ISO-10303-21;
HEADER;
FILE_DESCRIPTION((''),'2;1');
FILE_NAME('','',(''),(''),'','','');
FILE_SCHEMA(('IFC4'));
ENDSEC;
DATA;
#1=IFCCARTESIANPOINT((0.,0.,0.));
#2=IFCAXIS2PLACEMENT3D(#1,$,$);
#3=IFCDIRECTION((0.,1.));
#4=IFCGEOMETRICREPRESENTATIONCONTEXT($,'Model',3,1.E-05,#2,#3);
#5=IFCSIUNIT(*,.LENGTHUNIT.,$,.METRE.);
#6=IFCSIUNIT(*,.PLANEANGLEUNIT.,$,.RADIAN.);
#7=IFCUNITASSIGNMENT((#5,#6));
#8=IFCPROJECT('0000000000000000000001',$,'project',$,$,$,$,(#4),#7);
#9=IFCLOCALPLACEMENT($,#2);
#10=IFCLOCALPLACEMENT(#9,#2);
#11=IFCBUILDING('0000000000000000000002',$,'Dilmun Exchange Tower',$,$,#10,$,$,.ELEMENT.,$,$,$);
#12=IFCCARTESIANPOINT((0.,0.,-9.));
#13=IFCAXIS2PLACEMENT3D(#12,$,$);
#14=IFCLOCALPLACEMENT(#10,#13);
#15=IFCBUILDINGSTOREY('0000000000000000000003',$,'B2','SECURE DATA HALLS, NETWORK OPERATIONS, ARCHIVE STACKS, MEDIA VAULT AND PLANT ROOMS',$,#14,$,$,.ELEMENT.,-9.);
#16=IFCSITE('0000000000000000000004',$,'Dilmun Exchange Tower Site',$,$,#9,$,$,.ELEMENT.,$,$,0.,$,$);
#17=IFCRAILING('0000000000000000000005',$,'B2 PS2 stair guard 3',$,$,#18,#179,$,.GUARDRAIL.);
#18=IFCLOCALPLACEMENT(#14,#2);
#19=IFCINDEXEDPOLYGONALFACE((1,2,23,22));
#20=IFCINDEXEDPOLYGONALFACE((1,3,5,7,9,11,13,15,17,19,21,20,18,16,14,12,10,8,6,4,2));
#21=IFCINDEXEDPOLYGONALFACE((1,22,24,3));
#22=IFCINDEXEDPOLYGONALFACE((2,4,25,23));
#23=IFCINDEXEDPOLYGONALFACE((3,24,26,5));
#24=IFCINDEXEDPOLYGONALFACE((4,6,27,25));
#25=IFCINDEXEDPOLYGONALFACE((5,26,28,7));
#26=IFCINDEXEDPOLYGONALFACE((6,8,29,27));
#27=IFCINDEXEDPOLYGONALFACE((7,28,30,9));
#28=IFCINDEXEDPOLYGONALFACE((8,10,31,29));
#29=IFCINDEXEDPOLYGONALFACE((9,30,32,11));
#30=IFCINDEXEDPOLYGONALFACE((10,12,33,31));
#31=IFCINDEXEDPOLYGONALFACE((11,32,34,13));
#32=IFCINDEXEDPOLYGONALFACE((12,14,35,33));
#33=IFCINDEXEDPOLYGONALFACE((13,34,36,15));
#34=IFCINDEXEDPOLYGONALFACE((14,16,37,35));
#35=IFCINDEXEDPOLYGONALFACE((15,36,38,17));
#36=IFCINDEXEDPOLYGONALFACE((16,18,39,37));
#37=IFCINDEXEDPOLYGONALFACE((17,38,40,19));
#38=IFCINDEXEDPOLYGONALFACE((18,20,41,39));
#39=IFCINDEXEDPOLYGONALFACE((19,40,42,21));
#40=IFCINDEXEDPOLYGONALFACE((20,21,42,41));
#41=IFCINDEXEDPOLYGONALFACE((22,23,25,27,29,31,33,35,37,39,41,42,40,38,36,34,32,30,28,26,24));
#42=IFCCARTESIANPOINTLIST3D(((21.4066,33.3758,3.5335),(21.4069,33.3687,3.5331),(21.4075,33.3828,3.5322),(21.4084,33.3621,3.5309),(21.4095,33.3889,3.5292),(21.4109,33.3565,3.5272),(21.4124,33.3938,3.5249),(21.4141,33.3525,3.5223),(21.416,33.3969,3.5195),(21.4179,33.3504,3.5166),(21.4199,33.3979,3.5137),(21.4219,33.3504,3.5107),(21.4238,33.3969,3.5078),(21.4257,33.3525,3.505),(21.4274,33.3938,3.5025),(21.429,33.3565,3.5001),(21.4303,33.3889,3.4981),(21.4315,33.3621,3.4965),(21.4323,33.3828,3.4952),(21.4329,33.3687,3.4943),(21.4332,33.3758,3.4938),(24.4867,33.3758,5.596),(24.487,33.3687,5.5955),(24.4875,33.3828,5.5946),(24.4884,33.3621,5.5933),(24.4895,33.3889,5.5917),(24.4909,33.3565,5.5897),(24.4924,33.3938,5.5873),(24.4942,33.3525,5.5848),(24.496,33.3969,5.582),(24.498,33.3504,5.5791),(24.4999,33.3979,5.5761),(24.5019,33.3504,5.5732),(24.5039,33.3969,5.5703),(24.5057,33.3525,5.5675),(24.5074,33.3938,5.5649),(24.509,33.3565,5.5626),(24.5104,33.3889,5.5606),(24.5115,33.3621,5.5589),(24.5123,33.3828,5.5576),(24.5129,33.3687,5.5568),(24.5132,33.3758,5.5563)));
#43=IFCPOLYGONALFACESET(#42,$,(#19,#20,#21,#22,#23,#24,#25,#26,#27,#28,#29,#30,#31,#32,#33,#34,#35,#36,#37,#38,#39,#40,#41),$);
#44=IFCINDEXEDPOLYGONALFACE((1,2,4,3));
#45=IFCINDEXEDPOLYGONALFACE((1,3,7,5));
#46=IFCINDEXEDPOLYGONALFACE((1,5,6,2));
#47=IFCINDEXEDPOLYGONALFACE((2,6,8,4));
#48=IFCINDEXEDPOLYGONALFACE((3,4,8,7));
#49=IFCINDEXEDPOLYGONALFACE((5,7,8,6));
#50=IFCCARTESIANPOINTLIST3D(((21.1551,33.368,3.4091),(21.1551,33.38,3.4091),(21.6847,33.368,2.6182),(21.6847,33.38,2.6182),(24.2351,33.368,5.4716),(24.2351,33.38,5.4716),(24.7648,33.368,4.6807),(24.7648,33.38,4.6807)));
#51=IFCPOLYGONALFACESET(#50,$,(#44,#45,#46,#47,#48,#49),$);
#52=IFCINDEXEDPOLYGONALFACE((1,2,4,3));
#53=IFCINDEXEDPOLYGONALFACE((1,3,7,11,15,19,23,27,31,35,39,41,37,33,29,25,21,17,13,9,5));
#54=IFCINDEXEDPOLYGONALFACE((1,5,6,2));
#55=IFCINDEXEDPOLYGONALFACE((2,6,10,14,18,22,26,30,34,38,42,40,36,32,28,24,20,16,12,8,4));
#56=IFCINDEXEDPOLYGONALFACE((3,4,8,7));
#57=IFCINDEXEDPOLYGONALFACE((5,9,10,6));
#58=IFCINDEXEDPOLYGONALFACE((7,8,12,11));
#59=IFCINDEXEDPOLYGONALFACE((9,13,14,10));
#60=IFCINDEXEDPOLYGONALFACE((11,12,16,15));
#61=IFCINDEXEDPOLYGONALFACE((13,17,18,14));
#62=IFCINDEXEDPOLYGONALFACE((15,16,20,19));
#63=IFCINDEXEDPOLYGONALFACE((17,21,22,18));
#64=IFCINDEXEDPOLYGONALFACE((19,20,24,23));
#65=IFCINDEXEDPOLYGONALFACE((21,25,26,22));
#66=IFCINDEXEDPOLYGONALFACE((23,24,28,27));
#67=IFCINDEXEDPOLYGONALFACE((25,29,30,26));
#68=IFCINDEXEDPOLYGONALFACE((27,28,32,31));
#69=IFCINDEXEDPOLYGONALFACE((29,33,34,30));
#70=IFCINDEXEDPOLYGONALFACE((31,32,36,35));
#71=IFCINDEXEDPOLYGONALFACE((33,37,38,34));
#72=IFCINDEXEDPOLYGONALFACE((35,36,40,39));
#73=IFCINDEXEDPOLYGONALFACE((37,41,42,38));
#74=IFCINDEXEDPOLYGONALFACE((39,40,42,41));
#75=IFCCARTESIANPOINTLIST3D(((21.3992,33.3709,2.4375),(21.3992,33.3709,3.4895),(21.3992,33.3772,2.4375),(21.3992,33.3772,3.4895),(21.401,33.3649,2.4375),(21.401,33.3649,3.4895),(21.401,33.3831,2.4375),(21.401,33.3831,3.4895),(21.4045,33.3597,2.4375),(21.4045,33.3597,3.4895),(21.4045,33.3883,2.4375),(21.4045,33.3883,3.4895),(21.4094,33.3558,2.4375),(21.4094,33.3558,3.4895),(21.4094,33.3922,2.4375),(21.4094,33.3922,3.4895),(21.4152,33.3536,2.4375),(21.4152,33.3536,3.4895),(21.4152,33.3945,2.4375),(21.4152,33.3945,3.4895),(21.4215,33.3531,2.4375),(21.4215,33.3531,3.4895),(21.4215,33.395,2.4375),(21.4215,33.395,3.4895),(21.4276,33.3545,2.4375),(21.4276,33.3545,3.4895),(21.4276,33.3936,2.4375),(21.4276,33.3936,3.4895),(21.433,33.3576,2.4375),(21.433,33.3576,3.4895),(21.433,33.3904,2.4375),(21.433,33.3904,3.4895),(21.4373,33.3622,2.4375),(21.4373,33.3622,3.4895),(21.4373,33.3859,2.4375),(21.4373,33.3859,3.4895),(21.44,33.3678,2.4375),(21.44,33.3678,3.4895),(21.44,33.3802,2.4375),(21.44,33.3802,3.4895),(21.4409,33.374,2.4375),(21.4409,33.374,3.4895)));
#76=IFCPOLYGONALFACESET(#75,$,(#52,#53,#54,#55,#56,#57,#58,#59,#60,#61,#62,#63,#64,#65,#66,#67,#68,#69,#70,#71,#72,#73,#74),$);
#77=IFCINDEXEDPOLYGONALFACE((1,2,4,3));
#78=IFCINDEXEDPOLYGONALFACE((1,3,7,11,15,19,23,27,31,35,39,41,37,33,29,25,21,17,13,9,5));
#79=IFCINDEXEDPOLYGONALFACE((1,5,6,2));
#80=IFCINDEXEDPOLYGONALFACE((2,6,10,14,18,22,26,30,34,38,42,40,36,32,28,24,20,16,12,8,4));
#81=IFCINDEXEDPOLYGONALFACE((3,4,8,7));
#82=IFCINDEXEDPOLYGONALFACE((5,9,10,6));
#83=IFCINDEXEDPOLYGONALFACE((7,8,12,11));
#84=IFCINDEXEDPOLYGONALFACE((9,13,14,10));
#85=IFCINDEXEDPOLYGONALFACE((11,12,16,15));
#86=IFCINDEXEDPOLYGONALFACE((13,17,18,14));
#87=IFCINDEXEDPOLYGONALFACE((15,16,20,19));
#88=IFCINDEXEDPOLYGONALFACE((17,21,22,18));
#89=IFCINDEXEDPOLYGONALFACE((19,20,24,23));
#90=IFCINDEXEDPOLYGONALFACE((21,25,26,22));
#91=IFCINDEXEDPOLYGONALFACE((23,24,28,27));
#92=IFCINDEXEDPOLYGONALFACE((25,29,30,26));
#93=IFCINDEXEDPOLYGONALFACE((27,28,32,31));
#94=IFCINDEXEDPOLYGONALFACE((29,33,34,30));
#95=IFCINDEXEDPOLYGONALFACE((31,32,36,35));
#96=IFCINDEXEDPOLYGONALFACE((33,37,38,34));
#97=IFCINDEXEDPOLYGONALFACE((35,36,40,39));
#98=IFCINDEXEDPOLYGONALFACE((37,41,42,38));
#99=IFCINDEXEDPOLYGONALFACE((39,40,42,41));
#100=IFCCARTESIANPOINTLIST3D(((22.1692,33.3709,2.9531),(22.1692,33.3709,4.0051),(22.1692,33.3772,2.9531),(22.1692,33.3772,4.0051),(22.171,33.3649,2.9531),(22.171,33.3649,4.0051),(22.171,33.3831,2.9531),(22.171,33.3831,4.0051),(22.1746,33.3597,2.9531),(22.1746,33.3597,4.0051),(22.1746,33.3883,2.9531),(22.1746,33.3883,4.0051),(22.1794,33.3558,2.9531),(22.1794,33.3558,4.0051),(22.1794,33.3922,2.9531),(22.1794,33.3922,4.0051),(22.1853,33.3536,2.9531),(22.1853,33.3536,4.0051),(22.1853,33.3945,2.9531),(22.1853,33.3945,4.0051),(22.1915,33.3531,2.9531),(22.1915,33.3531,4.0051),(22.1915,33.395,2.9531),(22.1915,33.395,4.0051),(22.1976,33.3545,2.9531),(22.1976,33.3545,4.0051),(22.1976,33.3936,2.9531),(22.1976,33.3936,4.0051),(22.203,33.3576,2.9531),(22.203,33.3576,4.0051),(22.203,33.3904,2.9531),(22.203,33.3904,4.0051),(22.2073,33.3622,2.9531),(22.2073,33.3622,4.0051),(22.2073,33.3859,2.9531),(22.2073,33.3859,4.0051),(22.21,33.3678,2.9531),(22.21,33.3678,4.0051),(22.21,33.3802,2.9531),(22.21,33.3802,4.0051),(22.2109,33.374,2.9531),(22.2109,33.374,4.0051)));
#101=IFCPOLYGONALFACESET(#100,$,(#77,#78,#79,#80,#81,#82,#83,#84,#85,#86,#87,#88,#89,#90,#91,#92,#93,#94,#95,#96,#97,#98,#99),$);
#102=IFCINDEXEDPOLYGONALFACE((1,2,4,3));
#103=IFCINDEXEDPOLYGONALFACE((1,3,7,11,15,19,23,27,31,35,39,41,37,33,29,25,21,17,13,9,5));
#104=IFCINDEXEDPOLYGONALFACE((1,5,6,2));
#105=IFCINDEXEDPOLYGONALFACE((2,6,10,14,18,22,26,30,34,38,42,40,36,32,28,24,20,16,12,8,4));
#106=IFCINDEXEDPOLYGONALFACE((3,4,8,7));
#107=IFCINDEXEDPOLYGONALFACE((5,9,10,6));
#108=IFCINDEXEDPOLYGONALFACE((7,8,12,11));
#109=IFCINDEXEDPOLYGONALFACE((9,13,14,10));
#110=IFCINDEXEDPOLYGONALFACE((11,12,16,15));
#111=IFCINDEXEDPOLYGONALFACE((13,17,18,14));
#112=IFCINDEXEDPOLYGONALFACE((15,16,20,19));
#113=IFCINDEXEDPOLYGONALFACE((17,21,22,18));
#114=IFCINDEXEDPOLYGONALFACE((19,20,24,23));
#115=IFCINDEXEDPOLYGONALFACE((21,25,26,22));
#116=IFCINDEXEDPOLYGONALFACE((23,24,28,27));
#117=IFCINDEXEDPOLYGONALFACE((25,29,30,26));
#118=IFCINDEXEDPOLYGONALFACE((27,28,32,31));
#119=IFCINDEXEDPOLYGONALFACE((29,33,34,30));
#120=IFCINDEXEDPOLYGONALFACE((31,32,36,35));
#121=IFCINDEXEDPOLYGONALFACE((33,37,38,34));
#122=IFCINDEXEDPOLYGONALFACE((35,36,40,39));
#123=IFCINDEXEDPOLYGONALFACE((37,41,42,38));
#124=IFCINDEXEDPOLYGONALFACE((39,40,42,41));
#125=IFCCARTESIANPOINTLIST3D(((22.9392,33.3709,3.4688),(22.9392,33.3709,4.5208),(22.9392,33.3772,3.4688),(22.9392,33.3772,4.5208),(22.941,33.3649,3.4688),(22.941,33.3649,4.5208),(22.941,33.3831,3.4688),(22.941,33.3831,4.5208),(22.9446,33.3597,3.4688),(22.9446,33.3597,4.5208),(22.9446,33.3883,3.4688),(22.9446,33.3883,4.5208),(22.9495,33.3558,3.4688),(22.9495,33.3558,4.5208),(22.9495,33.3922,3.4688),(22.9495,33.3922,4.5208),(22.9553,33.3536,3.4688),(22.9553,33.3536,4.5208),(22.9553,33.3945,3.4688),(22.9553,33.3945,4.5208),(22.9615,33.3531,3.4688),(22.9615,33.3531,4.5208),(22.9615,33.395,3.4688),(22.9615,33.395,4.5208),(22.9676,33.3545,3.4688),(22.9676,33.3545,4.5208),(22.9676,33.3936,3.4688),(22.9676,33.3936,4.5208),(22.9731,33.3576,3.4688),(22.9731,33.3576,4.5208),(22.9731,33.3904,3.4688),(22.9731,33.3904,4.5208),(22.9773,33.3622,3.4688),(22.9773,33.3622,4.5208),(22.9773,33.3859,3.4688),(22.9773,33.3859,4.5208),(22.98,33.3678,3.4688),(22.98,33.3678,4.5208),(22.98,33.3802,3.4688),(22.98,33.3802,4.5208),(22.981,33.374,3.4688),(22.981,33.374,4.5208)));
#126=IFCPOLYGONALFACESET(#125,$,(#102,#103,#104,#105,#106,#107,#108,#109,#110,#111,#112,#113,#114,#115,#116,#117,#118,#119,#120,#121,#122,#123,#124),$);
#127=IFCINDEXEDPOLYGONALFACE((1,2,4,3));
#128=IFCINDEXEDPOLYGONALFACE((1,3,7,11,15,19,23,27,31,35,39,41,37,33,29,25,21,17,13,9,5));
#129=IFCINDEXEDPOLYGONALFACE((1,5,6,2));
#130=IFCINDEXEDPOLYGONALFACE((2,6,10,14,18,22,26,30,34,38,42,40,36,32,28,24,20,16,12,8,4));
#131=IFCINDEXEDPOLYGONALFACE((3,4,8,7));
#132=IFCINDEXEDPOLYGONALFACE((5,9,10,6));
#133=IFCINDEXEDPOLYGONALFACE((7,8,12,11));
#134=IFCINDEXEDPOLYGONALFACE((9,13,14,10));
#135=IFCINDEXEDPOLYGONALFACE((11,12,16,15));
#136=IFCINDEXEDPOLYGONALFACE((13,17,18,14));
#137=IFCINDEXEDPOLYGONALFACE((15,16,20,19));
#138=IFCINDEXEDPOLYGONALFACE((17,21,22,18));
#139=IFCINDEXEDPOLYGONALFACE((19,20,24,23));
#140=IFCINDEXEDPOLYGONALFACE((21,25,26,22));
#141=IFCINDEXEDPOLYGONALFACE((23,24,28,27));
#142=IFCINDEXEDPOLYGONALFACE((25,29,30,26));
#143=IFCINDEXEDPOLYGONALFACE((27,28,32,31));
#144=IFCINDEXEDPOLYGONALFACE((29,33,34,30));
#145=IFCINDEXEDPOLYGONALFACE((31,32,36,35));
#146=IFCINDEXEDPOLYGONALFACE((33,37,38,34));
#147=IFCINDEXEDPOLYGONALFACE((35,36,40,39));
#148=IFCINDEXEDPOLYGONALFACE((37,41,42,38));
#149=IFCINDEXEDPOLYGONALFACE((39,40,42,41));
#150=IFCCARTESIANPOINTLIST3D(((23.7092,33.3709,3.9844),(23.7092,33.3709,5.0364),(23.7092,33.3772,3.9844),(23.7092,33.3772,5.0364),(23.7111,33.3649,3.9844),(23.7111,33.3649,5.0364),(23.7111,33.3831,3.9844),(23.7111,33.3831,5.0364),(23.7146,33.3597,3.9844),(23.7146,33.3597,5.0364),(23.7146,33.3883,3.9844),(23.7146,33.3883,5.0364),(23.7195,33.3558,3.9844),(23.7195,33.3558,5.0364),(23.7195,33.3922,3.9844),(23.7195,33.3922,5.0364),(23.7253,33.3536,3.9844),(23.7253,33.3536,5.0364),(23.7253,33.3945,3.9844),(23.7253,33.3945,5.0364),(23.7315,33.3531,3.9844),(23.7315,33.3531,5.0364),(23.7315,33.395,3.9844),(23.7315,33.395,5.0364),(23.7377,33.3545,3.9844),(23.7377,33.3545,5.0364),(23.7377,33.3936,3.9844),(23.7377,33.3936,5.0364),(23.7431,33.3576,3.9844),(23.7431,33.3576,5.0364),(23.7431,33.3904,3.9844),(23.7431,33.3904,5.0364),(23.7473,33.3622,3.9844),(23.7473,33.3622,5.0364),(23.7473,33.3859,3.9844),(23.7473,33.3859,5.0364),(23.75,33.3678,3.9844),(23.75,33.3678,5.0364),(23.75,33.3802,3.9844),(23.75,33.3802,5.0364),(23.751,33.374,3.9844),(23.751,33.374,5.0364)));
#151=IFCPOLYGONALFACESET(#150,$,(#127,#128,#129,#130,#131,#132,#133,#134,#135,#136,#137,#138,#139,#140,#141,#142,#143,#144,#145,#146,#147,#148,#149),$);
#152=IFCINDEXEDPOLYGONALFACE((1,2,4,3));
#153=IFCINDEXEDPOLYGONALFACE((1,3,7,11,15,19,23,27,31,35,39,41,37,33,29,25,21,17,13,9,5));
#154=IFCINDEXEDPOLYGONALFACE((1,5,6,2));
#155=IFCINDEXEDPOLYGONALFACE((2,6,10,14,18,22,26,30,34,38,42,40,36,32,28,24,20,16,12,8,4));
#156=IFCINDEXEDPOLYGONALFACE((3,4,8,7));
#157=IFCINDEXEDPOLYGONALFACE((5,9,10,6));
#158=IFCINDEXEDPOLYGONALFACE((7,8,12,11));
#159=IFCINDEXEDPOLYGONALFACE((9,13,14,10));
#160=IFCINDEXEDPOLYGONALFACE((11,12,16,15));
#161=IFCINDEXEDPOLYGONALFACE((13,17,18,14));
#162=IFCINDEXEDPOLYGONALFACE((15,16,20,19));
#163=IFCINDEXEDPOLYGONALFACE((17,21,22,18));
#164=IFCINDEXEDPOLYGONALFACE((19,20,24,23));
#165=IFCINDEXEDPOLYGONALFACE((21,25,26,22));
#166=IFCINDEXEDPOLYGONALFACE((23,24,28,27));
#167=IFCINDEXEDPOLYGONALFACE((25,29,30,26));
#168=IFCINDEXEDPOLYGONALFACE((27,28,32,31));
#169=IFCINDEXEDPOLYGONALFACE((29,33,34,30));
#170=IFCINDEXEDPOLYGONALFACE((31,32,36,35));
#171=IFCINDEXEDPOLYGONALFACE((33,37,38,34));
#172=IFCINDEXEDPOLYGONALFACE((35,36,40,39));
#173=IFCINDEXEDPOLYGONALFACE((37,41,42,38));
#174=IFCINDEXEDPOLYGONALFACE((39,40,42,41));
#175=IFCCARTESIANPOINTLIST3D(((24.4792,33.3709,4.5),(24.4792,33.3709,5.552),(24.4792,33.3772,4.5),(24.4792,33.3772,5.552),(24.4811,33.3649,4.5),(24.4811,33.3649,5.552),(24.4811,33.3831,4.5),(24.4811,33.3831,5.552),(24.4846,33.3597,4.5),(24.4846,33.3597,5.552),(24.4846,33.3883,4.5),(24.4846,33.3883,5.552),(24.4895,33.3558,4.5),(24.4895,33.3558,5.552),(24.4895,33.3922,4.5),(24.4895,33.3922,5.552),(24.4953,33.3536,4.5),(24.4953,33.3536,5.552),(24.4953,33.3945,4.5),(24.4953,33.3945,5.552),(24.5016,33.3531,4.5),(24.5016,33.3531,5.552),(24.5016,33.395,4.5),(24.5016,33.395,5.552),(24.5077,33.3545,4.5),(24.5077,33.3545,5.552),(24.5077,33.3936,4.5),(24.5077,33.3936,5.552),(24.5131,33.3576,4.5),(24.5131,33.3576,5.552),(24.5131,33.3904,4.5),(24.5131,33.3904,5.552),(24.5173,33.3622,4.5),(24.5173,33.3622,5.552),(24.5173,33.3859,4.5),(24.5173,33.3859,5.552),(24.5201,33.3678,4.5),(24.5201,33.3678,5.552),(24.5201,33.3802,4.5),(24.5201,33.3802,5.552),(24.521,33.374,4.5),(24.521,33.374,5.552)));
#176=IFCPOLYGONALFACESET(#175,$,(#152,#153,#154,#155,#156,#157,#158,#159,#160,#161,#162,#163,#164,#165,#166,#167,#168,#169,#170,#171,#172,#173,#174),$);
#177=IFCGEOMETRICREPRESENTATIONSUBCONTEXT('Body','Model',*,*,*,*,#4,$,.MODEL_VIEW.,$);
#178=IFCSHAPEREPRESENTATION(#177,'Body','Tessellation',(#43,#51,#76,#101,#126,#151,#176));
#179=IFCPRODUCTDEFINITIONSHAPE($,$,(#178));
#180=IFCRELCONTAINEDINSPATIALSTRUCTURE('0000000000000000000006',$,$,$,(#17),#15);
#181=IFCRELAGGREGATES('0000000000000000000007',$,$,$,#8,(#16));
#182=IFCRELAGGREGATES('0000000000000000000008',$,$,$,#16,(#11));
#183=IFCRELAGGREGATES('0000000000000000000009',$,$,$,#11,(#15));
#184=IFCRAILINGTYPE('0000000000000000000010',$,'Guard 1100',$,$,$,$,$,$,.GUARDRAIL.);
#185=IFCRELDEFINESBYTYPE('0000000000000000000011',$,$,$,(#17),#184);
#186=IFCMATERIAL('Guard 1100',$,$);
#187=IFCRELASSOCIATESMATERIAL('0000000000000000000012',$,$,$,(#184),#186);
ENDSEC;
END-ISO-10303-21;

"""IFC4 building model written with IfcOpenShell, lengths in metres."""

from ifc_helpers import new_model, si_unit, direction, frame, origin, origin_2d, place, context, subcontext, project, spatial, rectangle, circle, extrude, material, type_object, element, save


model = new_model("IFC4")

# Units and contexts
model_context = context("Model", 3, precision=1e-05, world=origin(), true_north=direction((0.0, 1.0)))
body_context = subcontext(model_context, "Body", "Model", "MODEL_VIEW")
ifc_project = project(units=[si_unit("LENGTHUNIT", "METRE"), si_unit("PLANEANGLEUNIT", "RADIAN")], contexts=[model_context])

# Site, building, storey
site_placement = place(None, origin())
site = spatial("IfcSite", under=ifc_project, at=site_placement, Name="Dilmun Exchange Tower Site", CompositionType="ELEMENT", RefElevation=0.0)
building_placement = place(site_placement, origin())
building = spatial("IfcBuilding", under=site, at=building_placement, Name="Dilmun Exchange Tower", CompositionType="ELEMENT")
storey_placement = place(building_placement, frame((0.0, 0.0, -9.0)))
storey = spatial("IfcBuildingStorey", under=building, at=storey_placement, Name="B2", Description="SECURE DATA HALLS, NETWORK OPERATIONS, ARCHIVE STACKS, MEDIA VAULT AND PLANT ROOMS", CompositionType="ELEMENT", Elevation=-9.0)

# Railing
ifc_material_1 = material(Name="Guard 1100")
railing_type_1 = type_object("IfcRailingType", Name="Guard 1100", PredefinedType="GUARDRAIL", material=ifc_material_1)
railing_1_placement = place(storey_placement, frame((21.4199, 33.374, 2.4375)))
element("IfcRailing", 1, at=railing_1_placement, inside=storey, type_object=railing_type_1, Name="B2 PS2 stair guard 3", PredefinedType="GUARDRAIL", context=body_context, shape_type="SweptSolid", body=[
    extrude(circle(Radius=0.0239, at=origin_2d()), frame((0.0, 0.0, 1.0762), z_axis=(0.830914, 0.0, 0.556401), x_axis=(0.0, 1.0, 0.0)), (0.0, 0.0, 1.0), 3.7068),
    extrude(rectangle(XDim=0.012, YDim=0.9519, at=origin_2d()), frame((0.0, 0.0, 0.5762), z_axis=(0.830914, 0.0, 0.556401), x_axis=(0.0, 1.0, 0.0)), (0.0, 0.0, 1.0), 3.7068),
    extrude(circle(Radius=0.021, at=origin_2d()), origin(), (0.0, 0.0, 1.0), 1.052),
    extrude(circle(Radius=0.021, at=origin_2d()), frame((0.77, 0.0, 0.5156)), (0.0, 0.0, 1.0), 1.052),
    extrude(circle(Radius=0.021, at=origin_2d()), frame((1.54, 0.0, 1.0312)), (0.0, 0.0, 1.0), 1.052),
    extrude(circle(Radius=0.021, at=origin_2d()), frame((2.3101, 0.0, 1.5469)), (0.0, 0.0, 1.0), 1.052),
    extrude(circle(Radius=0.021, at=origin_2d()), frame((3.0801, 0.0, 2.0625)), (0.0, 0.0, 1.0), 1.052),
])

save(model, "model.ifc")
